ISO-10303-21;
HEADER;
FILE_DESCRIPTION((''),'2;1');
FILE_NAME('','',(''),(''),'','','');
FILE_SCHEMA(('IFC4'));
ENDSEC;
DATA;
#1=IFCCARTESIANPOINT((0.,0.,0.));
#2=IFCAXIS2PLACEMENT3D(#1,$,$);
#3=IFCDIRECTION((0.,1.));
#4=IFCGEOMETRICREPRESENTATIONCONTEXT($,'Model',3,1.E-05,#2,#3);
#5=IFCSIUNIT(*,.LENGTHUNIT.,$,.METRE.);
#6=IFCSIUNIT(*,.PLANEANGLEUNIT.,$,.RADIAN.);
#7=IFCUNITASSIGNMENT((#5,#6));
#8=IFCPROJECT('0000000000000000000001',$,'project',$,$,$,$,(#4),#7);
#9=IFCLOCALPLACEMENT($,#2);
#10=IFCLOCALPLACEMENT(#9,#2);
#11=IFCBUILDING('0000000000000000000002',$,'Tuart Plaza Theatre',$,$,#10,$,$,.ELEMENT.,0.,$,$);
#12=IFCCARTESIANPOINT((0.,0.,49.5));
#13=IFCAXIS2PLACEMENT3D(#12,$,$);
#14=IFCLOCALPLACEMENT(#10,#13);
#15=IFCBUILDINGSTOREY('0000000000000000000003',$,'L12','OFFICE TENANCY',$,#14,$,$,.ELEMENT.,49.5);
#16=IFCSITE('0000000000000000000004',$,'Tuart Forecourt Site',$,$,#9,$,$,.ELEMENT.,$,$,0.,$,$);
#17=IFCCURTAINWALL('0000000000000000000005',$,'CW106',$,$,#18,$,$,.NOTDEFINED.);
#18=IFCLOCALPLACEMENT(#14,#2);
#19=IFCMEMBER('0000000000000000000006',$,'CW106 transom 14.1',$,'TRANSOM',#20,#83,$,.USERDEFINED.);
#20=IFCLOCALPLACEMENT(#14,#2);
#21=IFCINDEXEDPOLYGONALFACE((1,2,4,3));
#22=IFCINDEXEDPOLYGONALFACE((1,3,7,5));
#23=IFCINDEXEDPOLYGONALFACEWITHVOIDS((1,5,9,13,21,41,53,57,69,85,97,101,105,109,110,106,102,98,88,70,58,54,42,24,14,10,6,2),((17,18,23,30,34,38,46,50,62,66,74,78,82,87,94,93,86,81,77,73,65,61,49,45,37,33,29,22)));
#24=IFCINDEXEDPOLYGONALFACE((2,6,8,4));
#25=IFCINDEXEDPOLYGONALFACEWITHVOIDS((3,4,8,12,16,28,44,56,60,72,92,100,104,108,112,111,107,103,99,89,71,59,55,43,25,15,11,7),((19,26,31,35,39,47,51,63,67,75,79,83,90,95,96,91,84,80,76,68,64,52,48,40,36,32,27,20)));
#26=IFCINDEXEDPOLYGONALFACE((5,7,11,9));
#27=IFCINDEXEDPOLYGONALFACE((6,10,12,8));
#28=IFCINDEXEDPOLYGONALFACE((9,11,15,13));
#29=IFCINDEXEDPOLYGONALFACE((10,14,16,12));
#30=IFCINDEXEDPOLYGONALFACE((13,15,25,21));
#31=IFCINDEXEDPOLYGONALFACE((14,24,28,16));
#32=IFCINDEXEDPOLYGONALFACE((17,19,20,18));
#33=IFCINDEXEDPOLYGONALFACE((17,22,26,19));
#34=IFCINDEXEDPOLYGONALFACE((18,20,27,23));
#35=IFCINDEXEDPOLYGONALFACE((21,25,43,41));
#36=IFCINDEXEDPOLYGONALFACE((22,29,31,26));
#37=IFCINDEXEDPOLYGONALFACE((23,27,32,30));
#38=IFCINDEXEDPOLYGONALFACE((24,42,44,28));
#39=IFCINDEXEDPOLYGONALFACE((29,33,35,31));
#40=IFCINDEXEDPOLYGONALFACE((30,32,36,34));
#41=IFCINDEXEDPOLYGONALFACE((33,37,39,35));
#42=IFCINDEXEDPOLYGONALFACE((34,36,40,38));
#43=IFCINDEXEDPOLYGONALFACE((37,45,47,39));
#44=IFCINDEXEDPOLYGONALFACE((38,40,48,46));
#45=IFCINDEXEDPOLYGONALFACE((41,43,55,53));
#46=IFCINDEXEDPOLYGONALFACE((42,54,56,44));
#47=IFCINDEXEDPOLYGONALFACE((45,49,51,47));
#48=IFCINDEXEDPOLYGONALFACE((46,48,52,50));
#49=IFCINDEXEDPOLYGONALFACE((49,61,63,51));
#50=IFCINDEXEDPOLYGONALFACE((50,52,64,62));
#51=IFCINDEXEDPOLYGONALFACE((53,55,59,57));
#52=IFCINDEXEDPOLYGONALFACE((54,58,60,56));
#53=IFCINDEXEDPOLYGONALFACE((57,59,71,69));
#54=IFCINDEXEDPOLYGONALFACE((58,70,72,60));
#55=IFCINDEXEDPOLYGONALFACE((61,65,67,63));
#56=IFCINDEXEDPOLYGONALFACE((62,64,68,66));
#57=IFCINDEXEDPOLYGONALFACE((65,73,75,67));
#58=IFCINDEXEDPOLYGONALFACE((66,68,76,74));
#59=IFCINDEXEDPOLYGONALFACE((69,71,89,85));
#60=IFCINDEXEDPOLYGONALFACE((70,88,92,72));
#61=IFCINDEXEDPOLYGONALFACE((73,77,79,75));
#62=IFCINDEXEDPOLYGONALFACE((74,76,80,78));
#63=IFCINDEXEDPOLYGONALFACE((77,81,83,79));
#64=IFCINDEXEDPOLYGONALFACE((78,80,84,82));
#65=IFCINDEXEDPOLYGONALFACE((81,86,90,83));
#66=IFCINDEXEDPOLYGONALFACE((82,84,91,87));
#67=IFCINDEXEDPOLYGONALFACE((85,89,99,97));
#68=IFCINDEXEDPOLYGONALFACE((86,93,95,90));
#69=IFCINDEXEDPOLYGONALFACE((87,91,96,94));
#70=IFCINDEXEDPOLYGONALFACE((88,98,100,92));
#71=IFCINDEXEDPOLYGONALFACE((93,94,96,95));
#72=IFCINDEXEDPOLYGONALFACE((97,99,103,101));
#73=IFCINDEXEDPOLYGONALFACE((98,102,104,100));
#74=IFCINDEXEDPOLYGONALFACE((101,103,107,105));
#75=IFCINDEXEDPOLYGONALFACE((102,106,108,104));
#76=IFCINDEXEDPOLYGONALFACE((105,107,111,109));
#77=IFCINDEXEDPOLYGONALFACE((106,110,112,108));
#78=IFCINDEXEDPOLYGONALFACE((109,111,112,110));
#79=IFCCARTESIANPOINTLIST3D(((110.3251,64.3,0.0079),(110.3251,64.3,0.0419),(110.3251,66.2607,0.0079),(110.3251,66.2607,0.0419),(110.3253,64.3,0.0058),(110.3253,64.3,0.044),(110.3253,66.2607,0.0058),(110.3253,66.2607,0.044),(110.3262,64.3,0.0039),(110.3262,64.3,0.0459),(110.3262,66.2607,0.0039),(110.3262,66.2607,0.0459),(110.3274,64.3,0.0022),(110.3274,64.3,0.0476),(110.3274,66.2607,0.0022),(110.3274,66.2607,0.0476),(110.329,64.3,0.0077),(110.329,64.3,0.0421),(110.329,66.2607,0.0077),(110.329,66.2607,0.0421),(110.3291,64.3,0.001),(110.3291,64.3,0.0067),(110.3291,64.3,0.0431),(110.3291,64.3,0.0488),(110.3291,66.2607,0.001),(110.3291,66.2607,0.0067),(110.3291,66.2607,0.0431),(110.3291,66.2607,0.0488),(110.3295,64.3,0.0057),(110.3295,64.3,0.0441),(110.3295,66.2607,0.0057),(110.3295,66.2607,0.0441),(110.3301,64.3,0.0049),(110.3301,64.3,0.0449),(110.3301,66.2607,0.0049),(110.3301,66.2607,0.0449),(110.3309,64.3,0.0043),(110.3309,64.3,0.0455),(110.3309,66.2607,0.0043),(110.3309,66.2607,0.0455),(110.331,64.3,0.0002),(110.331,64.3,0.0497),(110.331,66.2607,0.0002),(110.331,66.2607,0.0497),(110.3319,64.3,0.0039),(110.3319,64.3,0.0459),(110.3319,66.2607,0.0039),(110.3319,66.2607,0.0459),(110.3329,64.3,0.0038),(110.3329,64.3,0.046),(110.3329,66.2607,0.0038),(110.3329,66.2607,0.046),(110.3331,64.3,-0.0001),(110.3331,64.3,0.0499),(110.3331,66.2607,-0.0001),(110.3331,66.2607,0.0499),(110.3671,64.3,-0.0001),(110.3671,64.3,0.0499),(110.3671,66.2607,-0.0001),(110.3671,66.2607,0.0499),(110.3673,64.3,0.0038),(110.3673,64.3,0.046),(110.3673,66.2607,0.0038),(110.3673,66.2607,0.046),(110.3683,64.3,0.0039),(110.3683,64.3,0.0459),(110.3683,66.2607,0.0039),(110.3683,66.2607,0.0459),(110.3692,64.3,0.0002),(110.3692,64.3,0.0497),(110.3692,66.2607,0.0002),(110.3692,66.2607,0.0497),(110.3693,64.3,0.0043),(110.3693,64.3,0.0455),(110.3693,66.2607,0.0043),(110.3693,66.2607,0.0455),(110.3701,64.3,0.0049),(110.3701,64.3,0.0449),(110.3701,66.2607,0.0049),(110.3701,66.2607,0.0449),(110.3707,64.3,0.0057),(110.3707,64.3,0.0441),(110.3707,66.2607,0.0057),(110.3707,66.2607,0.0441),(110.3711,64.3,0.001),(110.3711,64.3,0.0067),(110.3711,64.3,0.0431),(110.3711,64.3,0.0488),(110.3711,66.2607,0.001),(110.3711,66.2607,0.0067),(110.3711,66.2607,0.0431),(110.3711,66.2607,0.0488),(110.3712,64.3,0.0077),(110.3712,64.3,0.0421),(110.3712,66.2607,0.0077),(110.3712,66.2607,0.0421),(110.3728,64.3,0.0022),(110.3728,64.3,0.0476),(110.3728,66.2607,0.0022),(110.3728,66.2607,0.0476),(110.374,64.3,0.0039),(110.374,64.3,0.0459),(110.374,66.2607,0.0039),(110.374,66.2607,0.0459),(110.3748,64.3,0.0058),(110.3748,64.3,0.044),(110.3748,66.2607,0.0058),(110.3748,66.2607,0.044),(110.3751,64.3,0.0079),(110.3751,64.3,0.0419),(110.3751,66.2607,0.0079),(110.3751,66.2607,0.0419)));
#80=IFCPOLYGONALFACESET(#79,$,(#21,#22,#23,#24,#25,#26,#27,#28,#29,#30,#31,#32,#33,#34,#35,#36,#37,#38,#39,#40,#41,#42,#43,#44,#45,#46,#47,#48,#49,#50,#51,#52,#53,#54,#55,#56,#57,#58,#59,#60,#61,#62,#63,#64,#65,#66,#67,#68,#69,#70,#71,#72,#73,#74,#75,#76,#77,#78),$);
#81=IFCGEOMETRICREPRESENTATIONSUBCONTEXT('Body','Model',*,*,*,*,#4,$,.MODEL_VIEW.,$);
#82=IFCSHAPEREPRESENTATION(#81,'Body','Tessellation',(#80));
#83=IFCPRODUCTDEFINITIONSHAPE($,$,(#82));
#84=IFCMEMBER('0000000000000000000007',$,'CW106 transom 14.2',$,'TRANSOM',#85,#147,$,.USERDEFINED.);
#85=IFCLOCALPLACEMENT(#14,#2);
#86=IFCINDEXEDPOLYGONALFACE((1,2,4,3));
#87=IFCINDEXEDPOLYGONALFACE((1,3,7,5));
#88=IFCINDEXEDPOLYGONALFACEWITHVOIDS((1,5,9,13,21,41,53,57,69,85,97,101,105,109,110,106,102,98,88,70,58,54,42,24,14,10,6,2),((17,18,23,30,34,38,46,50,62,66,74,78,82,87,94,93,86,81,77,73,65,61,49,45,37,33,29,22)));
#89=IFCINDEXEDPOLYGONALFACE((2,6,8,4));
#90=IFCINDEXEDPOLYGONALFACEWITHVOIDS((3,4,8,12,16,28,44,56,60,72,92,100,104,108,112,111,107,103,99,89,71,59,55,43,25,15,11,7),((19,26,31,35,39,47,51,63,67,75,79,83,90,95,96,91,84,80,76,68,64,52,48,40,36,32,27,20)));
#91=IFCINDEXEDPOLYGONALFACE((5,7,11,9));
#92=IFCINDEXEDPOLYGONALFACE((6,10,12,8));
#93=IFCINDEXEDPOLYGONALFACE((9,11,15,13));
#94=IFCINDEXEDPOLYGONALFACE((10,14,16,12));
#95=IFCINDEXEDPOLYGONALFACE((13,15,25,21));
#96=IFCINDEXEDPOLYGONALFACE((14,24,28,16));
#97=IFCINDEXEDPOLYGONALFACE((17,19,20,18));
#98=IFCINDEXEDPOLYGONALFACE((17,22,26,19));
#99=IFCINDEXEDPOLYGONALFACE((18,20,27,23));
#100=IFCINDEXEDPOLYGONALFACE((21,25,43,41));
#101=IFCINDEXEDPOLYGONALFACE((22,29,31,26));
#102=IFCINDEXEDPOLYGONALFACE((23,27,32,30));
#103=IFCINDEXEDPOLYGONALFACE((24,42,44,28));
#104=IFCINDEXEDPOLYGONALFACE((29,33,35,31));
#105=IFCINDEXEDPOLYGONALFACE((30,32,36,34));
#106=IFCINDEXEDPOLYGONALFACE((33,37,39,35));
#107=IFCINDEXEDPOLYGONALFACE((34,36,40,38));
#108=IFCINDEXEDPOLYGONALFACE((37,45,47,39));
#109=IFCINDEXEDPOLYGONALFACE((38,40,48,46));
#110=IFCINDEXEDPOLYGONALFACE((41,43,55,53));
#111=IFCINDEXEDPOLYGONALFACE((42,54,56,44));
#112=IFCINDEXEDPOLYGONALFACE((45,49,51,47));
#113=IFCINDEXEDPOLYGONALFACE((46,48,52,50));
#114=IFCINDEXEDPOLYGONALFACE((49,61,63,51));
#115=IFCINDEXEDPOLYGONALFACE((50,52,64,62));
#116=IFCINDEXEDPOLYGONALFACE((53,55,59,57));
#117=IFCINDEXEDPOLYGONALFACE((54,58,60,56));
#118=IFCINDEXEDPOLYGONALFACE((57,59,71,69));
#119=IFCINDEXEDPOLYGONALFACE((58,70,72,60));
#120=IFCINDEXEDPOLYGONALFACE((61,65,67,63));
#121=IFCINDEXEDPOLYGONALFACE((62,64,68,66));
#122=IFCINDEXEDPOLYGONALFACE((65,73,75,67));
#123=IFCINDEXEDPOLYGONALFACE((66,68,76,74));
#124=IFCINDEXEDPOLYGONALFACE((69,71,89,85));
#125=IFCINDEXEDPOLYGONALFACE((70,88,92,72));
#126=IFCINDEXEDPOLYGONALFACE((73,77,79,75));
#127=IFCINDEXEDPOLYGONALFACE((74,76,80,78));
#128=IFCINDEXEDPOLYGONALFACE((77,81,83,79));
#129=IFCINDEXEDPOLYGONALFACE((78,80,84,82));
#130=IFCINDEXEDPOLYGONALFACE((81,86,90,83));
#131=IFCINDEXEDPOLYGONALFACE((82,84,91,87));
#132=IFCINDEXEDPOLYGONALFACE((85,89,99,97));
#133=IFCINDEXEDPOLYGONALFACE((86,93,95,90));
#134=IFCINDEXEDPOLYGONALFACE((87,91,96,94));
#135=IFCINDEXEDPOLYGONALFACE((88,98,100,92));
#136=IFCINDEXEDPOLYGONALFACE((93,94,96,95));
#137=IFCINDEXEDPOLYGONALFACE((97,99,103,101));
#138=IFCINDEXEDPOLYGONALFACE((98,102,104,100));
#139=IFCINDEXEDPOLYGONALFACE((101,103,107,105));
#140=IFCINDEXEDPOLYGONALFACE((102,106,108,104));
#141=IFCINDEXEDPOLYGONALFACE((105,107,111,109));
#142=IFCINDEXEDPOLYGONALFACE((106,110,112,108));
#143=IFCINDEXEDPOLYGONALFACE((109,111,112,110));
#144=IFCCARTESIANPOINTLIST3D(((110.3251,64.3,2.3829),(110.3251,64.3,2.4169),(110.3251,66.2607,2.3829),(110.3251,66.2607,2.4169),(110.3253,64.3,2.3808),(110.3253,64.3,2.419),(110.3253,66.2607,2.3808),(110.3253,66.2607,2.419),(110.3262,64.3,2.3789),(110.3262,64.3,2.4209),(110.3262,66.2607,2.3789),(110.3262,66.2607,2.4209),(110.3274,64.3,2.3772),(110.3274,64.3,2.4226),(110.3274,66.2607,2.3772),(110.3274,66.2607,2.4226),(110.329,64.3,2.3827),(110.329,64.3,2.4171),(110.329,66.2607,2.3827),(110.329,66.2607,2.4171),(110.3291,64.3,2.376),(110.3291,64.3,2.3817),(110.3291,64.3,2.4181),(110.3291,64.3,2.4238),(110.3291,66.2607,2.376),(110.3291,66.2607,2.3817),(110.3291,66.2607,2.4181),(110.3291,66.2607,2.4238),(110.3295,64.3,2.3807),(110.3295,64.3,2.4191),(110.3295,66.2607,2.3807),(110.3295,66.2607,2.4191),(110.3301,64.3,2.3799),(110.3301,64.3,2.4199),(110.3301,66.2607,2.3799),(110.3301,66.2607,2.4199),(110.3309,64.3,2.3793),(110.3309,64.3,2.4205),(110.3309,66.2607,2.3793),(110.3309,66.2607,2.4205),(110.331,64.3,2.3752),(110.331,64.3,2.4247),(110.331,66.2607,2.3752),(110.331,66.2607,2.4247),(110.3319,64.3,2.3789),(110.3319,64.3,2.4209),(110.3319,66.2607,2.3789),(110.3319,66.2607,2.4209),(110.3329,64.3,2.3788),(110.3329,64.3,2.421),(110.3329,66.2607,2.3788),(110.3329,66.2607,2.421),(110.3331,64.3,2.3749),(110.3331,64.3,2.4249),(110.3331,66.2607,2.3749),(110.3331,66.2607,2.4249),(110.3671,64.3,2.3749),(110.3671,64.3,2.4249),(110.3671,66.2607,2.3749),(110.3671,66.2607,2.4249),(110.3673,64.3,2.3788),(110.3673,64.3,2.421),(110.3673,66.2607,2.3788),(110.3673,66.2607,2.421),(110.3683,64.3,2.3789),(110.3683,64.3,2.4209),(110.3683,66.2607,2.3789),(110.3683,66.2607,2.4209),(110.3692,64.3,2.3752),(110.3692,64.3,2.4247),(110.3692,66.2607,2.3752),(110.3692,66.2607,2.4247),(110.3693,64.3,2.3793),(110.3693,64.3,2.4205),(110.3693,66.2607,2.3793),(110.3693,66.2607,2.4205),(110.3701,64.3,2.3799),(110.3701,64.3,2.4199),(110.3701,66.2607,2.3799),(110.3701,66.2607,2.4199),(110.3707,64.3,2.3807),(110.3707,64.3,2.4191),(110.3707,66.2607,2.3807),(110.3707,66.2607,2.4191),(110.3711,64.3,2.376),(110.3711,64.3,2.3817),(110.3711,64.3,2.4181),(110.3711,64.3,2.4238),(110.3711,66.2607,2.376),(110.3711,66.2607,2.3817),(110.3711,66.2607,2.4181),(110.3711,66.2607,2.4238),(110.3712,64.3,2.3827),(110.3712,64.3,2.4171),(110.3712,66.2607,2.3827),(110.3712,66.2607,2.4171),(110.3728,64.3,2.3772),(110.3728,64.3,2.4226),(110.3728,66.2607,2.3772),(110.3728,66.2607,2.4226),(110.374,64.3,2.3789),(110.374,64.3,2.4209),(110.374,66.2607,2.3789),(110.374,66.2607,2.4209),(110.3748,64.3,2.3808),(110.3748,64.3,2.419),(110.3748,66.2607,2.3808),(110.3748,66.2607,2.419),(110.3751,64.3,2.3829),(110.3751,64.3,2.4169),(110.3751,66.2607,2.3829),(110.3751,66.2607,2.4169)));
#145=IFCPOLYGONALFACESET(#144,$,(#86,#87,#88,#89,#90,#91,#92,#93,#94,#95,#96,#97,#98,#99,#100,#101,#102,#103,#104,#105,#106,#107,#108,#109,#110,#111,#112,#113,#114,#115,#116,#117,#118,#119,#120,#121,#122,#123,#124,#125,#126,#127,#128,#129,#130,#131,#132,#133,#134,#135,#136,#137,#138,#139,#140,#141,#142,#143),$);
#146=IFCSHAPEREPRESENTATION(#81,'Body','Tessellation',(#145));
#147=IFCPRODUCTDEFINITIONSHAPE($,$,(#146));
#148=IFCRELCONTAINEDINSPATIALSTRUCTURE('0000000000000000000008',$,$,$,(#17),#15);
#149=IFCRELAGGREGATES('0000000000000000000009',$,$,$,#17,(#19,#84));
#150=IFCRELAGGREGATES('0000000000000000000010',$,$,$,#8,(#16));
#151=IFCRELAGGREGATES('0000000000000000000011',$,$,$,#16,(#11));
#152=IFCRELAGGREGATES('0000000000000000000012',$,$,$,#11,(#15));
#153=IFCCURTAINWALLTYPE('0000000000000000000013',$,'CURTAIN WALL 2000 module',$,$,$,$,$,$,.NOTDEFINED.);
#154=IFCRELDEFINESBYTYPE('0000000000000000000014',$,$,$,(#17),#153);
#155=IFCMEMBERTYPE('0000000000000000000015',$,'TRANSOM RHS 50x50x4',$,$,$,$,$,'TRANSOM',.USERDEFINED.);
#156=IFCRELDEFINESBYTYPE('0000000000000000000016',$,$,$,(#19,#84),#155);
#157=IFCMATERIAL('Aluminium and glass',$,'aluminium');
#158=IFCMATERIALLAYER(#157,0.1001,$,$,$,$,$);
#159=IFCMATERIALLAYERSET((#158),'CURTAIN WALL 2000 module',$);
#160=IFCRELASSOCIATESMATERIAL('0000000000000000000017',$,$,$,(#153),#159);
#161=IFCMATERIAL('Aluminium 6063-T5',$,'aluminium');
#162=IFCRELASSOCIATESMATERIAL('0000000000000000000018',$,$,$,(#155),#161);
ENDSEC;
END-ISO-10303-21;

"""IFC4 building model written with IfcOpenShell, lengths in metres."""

from ifc_helpers import new_model, si_unit, direction, frame, origin, origin_2d, place, context, subcontext, project, spatial, hollow_rectangle, extrude, material, layer, layer_set, material_profile, profile_set, type_object, element, aggregate, save


model = new_model("IFC4")

# Units and contexts
model_context = context("Model", 3, precision=1e-05, world=origin(), true_north=direction((0.0, 1.0)))
body_context = subcontext(model_context, "Body", "Model", "MODEL_VIEW")
ifc_project = project(units=[si_unit("LENGTHUNIT", "METRE"), si_unit("PLANEANGLEUNIT", "RADIAN")], contexts=[model_context])

# Site, building, storey
site_placement = place(None, origin())
site = spatial("IfcSite", under=ifc_project, at=site_placement, Name="Tuart Forecourt Site", CompositionType="ELEMENT", RefElevation=0.0)
building_placement = place(site_placement, origin())
building = spatial("IfcBuilding", under=site, at=building_placement, Name="Tuart Plaza Theatre", CompositionType="ELEMENT", ElevationOfRefHeight=0.0)
storey_placement = place(building_placement, frame((0.0, 0.0, 49.5)))
storey = spatial("IfcBuildingStorey", under=building, at=storey_placement, Name="L12", Description="OFFICE TENANCY", CompositionType="ELEMENT", Elevation=49.5)

# Curtain wall, members
ifc_material_1 = material(Name="Aluminium and glass", Category="aluminium")
ifc_layer_1 = layer(ifc_material_1, 0.1001)
ifc_layer_set_1 = layer_set([ifc_layer_1], Name="CURTAIN WALL 2000 module")
curtain_wall_type = type_object("IfcCurtainWallType", Name="CURTAIN WALL 2000 module", PredefinedType="NOTDEFINED", material=ifc_layer_set_1)
curtain_wall_1_placement = place(storey_placement, origin())
curtain_wall_1 = element("IfcCurtainWall", 1, at=curtain_wall_1_placement, inside=storey, type_object=curtain_wall_type, Name="CW106", PredefinedType="NOTDEFINED")
ifc_material_2 = material(Name="Aluminium 6063-T5", Category="aluminium")
ifc_material_profile_1 = material_profile(ifc_material_2, hollow_rectangle(XDim=0.05, YDim=0.05, WallThickness=0.0039, InnerFilletRadius=0.0039, OuterFilletRadius=0.0081, at=origin_2d()), Name="RHS 50x50x4")
ifc_profile_set_1 = profile_set([ifc_material_profile_1], Name="Aluminium 6063-T5")
member_type_1 = type_object("IfcMemberType", Name="TRANSOM RHS 50x50x4", ElementType="TRANSOM", PredefinedType="USERDEFINED", material=ifc_profile_set_1)
member_1_placement = place(storey_placement, frame((110.3501, 66.2607, 0.0249), z_axis=(0.0, -1.0, 0.0), x_axis=(1.0, 0.0, 0.0)))
member_1 = element("IfcMember", 2, at=member_1_placement, type_object=member_type_1, Name="CW106 transom 14.1", ObjectType="TRANSOM", PredefinedType="USERDEFINED", context=body_context, shape_type="SweptSolid", body=[
    extrude(hollow_rectangle(XDim=0.05, YDim=0.05, WallThickness=0.0039, InnerFilletRadius=0.0039, OuterFilletRadius=0.0081, at=origin_2d()), origin(), (0.0, 0.0, 1.0), 1.9607),
])
member_2_placement = place(storey_placement, frame((110.3501, 66.2607, 2.3999), z_axis=(0.0, -1.0, 0.0), x_axis=(1.0, 0.0, 0.0)))
member_2 = element("IfcMember", 3, at=member_2_placement, type_object=member_type_1, Name="CW106 transom 14.2", ObjectType="TRANSOM", PredefinedType="USERDEFINED", context=body_context, shape_type="SweptSolid", body=[
    extrude(hollow_rectangle(XDim=0.05, YDim=0.05, WallThickness=0.0039, InnerFilletRadius=0.0039, OuterFilletRadius=0.0081, at=origin_2d()), origin(), (0.0, 0.0, 1.0), 1.9607),
])

aggregate(curtain_wall_1, [member_1, member_2])

save(model, "model.ifc")
